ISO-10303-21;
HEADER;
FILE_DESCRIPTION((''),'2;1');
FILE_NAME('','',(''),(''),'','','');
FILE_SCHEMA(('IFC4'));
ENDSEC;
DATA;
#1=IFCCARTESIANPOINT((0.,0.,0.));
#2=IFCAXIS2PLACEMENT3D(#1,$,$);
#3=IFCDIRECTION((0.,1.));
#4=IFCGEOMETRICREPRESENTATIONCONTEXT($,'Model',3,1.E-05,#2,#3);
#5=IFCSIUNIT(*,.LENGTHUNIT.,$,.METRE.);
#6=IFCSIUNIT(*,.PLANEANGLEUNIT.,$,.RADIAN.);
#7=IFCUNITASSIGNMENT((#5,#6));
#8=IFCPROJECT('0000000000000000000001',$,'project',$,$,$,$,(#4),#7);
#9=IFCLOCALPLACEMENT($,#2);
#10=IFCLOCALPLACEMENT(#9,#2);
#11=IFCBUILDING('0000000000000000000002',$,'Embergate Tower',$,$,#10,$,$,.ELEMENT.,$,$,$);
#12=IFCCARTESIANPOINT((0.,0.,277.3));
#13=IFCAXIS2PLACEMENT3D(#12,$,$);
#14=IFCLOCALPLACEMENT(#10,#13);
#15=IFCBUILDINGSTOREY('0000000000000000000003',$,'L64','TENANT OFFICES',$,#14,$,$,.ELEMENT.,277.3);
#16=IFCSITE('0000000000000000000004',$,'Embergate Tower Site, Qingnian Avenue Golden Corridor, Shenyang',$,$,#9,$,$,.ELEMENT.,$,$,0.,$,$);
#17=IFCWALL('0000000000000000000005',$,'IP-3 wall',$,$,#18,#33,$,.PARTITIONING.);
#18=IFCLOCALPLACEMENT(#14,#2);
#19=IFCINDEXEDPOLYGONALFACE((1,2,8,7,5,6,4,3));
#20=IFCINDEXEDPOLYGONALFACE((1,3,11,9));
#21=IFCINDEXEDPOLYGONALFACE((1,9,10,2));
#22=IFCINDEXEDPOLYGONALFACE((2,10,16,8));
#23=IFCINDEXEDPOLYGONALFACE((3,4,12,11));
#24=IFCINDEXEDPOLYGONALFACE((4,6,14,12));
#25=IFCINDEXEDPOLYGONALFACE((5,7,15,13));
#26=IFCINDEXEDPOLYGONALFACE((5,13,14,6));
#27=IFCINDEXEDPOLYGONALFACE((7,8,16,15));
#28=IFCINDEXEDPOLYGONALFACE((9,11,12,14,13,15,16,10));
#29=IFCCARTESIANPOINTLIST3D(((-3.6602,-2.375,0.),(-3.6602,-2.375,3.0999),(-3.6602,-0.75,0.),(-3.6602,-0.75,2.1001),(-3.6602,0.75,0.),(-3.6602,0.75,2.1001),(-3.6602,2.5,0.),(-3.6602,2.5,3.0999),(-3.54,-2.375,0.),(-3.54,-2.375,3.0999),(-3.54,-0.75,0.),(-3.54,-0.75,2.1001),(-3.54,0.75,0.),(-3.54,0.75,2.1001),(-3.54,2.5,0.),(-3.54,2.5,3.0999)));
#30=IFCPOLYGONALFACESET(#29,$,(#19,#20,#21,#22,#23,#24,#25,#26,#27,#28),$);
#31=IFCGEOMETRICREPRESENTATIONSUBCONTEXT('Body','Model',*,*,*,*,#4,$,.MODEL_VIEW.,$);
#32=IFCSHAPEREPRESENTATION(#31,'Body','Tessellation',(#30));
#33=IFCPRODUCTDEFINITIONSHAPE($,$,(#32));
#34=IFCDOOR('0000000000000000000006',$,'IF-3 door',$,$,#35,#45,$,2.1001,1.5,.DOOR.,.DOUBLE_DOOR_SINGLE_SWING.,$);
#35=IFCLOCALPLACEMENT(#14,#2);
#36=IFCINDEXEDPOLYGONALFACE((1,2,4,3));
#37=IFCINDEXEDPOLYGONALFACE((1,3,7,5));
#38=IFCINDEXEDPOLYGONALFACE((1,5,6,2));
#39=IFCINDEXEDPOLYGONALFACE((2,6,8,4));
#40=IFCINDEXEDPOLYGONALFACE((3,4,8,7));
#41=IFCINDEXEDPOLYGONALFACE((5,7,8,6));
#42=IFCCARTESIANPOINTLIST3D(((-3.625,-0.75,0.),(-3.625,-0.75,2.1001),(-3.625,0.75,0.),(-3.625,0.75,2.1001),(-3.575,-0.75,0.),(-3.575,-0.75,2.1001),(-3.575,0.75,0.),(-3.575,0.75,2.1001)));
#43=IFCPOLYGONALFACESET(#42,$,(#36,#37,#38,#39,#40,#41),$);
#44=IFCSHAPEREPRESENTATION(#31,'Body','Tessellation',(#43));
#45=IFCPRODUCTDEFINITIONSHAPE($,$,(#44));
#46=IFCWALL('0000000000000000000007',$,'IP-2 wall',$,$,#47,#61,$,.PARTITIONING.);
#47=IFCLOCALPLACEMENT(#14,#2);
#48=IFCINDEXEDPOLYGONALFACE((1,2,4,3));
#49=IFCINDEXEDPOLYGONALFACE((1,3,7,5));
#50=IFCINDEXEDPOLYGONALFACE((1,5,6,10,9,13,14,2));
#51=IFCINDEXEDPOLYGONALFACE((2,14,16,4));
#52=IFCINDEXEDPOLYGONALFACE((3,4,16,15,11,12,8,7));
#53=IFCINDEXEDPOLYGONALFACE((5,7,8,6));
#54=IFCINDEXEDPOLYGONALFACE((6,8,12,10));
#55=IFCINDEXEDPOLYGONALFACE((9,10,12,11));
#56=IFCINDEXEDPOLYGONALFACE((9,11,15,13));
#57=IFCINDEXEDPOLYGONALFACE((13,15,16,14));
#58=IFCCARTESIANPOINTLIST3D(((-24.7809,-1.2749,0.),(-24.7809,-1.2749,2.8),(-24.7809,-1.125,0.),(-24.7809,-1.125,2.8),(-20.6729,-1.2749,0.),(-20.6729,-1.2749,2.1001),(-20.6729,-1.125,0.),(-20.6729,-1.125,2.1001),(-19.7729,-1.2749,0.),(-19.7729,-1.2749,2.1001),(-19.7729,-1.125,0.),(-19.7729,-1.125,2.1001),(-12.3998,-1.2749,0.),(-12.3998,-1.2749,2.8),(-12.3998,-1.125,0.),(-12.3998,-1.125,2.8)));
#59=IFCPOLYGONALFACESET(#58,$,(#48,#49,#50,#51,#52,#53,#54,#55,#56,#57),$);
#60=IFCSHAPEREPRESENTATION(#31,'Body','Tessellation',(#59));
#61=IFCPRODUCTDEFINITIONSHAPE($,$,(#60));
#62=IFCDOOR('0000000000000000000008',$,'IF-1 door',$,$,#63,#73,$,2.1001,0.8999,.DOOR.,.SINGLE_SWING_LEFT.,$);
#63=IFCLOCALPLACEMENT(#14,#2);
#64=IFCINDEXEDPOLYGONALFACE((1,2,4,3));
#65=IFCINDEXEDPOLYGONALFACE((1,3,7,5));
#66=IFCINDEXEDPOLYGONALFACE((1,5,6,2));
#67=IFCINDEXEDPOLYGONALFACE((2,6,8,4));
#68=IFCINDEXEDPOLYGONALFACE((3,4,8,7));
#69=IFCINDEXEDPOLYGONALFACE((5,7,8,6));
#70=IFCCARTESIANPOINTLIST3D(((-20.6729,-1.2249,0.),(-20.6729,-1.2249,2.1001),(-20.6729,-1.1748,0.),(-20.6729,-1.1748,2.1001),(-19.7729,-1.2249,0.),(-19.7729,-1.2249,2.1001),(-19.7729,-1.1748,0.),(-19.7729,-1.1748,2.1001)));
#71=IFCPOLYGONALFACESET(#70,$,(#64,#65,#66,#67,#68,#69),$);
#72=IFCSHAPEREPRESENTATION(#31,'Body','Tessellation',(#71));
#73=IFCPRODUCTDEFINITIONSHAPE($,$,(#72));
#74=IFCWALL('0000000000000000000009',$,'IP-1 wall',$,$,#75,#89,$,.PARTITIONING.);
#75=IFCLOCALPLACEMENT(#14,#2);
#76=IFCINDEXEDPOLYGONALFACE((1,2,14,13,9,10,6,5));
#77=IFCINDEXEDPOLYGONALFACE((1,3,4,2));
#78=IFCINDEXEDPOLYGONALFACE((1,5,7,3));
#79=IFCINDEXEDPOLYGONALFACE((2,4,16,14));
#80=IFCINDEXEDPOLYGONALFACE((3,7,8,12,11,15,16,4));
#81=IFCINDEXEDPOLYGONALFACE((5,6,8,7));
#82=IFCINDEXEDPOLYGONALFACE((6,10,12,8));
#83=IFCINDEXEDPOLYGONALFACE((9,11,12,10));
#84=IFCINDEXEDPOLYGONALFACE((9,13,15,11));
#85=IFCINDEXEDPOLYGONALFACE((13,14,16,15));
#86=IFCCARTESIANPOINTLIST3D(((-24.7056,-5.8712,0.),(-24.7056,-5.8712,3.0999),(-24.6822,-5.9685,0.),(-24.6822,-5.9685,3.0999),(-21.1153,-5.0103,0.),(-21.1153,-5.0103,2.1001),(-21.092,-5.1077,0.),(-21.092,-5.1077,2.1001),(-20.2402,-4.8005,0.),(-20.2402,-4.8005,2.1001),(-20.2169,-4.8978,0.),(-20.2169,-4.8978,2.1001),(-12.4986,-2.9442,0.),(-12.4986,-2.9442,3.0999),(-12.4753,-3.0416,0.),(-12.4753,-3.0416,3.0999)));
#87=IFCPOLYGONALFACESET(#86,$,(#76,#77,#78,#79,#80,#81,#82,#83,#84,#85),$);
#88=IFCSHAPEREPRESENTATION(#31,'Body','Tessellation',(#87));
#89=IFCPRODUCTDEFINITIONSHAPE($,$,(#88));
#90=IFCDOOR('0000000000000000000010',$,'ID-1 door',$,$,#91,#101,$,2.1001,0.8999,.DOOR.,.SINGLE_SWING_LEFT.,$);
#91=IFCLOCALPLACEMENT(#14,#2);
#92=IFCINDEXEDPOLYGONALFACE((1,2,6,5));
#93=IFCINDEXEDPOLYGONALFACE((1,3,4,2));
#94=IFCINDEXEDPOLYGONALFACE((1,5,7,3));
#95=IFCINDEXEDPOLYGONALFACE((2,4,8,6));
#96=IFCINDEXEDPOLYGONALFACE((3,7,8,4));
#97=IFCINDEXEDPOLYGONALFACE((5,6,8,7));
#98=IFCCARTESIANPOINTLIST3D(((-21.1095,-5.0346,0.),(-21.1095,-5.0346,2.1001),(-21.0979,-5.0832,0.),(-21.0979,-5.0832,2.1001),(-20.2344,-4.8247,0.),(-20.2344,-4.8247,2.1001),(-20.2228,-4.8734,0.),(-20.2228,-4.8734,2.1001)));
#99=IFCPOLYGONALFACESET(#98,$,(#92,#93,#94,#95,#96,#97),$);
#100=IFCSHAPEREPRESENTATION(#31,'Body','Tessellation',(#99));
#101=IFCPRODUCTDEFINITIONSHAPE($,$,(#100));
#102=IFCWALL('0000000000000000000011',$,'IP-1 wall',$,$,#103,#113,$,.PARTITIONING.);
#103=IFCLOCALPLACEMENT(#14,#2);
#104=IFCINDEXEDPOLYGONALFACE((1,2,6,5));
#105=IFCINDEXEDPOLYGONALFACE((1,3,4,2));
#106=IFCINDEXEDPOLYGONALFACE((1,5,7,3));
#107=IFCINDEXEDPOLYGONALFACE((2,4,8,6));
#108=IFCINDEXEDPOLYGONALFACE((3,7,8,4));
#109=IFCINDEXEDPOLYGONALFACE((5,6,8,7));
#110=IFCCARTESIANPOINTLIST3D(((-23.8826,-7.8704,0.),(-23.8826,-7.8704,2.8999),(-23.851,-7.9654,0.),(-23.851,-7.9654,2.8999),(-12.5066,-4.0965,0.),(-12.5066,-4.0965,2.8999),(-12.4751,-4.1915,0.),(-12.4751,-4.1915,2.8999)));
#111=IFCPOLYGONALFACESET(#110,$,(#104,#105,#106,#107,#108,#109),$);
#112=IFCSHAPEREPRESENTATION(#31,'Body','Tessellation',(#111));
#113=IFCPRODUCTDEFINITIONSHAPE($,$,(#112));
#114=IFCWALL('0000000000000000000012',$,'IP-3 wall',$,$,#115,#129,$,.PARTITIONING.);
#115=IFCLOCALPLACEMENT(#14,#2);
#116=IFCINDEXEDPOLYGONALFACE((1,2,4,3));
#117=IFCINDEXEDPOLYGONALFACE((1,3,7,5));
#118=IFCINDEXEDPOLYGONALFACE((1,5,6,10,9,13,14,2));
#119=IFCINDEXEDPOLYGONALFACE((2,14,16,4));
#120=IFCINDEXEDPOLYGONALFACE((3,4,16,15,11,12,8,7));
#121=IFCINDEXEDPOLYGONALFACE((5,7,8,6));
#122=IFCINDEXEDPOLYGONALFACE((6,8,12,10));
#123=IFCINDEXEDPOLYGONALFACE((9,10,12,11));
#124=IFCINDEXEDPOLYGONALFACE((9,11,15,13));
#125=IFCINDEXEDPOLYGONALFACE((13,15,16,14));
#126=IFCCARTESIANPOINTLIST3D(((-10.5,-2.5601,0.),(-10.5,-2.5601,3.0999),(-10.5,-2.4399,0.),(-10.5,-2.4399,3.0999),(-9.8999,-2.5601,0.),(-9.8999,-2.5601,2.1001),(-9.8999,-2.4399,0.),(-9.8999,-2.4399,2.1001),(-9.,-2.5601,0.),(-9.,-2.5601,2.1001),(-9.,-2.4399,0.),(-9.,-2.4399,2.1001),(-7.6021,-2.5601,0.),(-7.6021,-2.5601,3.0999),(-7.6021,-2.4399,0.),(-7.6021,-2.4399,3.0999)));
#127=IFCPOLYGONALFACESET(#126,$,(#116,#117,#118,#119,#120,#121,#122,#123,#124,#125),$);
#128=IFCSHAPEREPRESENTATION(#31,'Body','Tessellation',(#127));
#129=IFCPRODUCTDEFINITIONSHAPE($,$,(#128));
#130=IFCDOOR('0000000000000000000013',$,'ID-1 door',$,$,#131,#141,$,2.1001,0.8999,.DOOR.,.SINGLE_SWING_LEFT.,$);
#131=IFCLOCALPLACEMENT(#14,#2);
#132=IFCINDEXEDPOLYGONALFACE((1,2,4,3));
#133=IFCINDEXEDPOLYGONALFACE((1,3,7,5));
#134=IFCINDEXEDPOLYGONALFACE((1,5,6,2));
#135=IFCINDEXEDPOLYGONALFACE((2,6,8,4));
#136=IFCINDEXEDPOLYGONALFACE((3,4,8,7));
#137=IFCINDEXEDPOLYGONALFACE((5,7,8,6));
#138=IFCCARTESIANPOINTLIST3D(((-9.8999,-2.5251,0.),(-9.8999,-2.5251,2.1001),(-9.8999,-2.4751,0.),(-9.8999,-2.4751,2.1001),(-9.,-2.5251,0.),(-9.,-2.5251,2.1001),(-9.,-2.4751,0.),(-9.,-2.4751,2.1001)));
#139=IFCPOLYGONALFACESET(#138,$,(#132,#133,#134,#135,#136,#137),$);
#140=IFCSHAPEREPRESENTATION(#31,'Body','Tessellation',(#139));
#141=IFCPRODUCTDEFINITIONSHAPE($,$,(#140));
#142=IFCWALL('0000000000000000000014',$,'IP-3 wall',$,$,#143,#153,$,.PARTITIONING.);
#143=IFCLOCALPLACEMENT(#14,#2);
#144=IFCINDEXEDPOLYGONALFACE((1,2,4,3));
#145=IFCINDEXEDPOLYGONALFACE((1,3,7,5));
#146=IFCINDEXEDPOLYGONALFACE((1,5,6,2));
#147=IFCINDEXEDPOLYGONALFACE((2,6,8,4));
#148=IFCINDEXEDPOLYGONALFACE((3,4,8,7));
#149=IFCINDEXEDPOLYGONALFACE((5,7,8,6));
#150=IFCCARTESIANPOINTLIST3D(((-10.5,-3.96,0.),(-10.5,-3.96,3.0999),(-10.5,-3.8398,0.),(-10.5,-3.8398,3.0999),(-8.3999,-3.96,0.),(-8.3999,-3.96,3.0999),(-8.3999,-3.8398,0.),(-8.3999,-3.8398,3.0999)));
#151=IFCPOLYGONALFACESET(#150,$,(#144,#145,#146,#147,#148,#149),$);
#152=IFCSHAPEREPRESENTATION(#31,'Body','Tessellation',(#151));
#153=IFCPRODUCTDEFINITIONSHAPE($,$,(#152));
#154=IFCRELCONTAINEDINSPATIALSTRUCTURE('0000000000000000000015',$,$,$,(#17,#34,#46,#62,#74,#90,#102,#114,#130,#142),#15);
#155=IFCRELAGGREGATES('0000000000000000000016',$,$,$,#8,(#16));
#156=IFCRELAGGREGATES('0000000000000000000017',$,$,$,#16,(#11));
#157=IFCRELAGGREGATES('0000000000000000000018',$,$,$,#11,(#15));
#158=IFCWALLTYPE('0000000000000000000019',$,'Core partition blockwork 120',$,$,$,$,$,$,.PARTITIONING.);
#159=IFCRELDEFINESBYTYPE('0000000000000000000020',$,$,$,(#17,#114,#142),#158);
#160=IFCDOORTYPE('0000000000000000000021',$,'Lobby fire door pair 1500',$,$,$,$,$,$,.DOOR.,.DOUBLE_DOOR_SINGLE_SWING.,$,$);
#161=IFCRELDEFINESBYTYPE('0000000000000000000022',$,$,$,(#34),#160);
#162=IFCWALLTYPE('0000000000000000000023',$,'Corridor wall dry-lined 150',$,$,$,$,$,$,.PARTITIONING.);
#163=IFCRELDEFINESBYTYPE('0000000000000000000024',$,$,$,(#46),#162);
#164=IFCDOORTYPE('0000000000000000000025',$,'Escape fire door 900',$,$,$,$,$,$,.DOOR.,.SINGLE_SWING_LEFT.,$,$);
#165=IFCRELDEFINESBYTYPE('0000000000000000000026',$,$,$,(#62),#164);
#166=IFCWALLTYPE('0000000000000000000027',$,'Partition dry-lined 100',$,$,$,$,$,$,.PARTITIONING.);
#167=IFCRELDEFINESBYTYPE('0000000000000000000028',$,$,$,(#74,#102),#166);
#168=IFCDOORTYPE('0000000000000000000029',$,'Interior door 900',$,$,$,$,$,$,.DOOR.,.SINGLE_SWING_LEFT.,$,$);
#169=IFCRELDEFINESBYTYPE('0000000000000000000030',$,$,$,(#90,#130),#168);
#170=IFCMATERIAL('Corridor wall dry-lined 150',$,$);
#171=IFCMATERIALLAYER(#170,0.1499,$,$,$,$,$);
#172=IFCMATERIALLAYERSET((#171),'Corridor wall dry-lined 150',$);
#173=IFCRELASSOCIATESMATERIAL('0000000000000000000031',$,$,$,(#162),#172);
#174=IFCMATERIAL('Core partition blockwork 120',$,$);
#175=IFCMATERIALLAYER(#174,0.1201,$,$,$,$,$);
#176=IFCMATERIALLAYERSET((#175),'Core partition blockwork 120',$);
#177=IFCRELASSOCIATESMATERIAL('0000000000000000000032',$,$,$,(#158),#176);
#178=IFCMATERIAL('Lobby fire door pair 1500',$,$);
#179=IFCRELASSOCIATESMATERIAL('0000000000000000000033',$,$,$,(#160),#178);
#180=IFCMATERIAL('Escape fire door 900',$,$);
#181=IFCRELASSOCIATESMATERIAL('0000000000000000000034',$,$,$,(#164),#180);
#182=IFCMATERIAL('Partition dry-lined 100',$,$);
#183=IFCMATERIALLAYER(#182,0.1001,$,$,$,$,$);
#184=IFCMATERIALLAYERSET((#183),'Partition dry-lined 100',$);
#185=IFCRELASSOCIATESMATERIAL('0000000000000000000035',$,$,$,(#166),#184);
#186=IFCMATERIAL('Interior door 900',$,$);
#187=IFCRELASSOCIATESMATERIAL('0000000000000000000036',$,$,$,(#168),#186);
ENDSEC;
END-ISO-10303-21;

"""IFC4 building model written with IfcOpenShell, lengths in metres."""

from ifc_helpers import new_model, si_unit, direction, frame, frame_2d, origin, place, context, subcontext, project, spatial, rectangle, extrude, source, transform, mapped, material, layer, layer_set, type_object, element, fill, save


model = new_model("IFC4")

# Units and contexts
model_context = context("Model", 3, precision=1e-05, world=origin(), true_north=direction((0.0, 1.0)))
body_context = subcontext(model_context, "Body", "Model", "MODEL_VIEW")
ifc_project = project(units=[si_unit("LENGTHUNIT", "METRE"), si_unit("PLANEANGLEUNIT", "RADIAN")], contexts=[model_context])

# Site, building, storey
site_placement = place(None, origin())
site = spatial("IfcSite", under=ifc_project, at=site_placement, Name="Embergate Tower Site, Qingnian Avenue Golden Corridor, Shenyang", CompositionType="ELEMENT", RefElevation=0.0)
building_placement = place(site_placement, origin())
building = spatial("IfcBuilding", under=site, at=building_placement, Name="Embergate Tower", CompositionType="ELEMENT")
storey_placement = place(building_placement, frame((0.0, 0.0, 277.3)))
storey = spatial("IfcBuildingStorey", under=building, at=storey_placement, Name="L64", Description="TENANT OFFICES", CompositionType="ELEMENT", Elevation=277.3)

# Shared definitions
ifc_material_1 = material(Name="Corridor wall dry-lined 150")
ifc_layer_1 = layer(ifc_material_1, 0.1499)
ifc_layer_set_1 = layer_set([ifc_layer_1], Name="Corridor wall dry-lined 150")
wall_type_1 = type_object("IfcWallType", Name="Corridor wall dry-lined 150", PredefinedType="PARTITIONING", material=ifc_layer_set_1)

# Walls, openings, doors
ifc_material_2 = material(Name="Core partition blockwork 120")
ifc_layer_2 = layer(ifc_material_2, 0.1201)
ifc_layer_set_2 = layer_set([ifc_layer_2], Name="Core partition blockwork 120")
wall_type_2 = type_object("IfcWallType", Name="Core partition blockwork 120", PredefinedType="PARTITIONING", material=ifc_layer_set_2)
shared_shape_1 = source(origin(), body_context, "Body", "SweptSolid", [
    extrude(rectangle(XDim=4.875, YDim=0.1201, at=frame_2d((2.4375, 0.0))), origin(), (0.0, 0.0, 1.0), 3.0999),
])
wall_1_placement = place(storey_placement, frame((-3.6001, -2.375, 0.0), z_axis=(0.0, 0.0, 1.0), x_axis=(0.0, 1.0, 0.0)))
wall_1 = element("IfcWall", 1, at=wall_1_placement, inside=storey, type_object=wall_type_2, Name="IP-3 wall", PredefinedType="PARTITIONING", context=body_context, shape_type="MappedRepresentation", body=[
    mapped(shared_shape_1, transform((0.0, 0.0, 0.0))),
])
shared_shape_2 = source(origin(), body_context, "Body", "SweptSolid", [
    extrude(rectangle(XDim=1.5, YDim=2.1001, at=frame_2d((0.75, 1.05))), frame((0.0, 0.0701, 0.0), z_axis=(0.0, -1.0, 0.0), x_axis=(1.0, 0.0, 0.0)), (0.0, 0.0, 1.0), 0.1401),
])
opening_1_placement = place(wall_1_placement, frame((1.625, 0.0, 0.0)))
opening_1 = element("IfcOpeningElement", 2, at=opening_1_placement, cuts=wall_1, PredefinedType="OPENING", context=body_context, shape_type="MappedRepresentation", body=[
    mapped(shared_shape_2, transform((0.0, 0.0, 0.0))),
])
ifc_material_3 = material(Name="Lobby fire door pair 1500")
door_type_1 = type_object("IfcDoorType", Name="Lobby fire door pair 1500", OperationType="DOUBLE_DOOR_SINGLE_SWING", PredefinedType="DOOR", material=ifc_material_3)
shared_shape_3 = source(origin(), body_context, "Body", "SweptSolid", [
    extrude(rectangle(XDim=1.5, YDim=2.1001, at=frame_2d((0.75, 1.05))), frame((0.0, 0.0249, 0.0), z_axis=(0.0, -1.0, 0.0), x_axis=(1.0, 0.0, 0.0)), (0.0, 0.0, 1.0), 0.05),
])
door_1_placement = place(opening_1_placement, origin())
door_1 = element("IfcDoor", 3, at=door_1_placement, inside=storey, type_object=door_type_1, Name="IF-3 door", OperationType="DOUBLE_DOOR_SINGLE_SWING", OverallHeight=2.1001, OverallWidth=1.5, PredefinedType="DOOR", context=body_context, shape_type="MappedRepresentation", body=[
    mapped(shared_shape_3, transform((0.0, 0.0, 0.0))),
])
fill(opening_1, door_1)
shared_shape_4 = source(origin(), body_context, "Body", "SweptSolid", [
    extrude(rectangle(XDim=12.3811, YDim=0.1499, at=frame_2d((6.1904, 0.0))), origin(), (0.0, 0.0, 1.0), 2.8),
])
wall_2_placement = place(storey_placement, frame((-12.3999, -1.2, 0.0), z_axis=(0.0, 0.0, 1.0), x_axis=(-1.0, 0.0, 0.0)))
wall_2 = element("IfcWall", 4, at=wall_2_placement, inside=storey, type_object=wall_type_1, Name="IP-2 wall", PredefinedType="PARTITIONING", context=body_context, shape_type="MappedRepresentation", body=[
    mapped(shared_shape_4, transform((0.0, 0.0, 0.0))),
])
shared_shape_5 = source(origin(), body_context, "Body", "SweptSolid", [
    extrude(rectangle(XDim=0.8999, YDim=2.1001, at=frame_2d((0.45, 1.05))), frame((0.0, 0.085, 0.0), z_axis=(0.0, -1.0, 0.0), x_axis=(1.0, 0.0, 0.0)), (0.0, 0.0, 1.0), 0.1699),
])
opening_2_placement = place(wall_2_placement, frame((7.373, 0.0, 0.0)))
opening_2 = element("IfcOpeningElement", 5, at=opening_2_placement, cuts=wall_2, PredefinedType="OPENING", context=body_context, shape_type="MappedRepresentation", body=[
    mapped(shared_shape_5, transform((0.0, 0.0, 0.0))),
])
ifc_material_4 = material(Name="Escape fire door 900")
door_type_2 = type_object("IfcDoorType", Name="Escape fire door 900", OperationType="SINGLE_SWING_LEFT", PredefinedType="DOOR", material=ifc_material_4)
shared_shape_6 = source(origin(), body_context, "Body", "SweptSolid", [
    extrude(rectangle(XDim=0.8999, YDim=2.1001, at=frame_2d((0.45, 1.05))), frame((0.0, 0.0249, 0.0), z_axis=(0.0, -1.0, 0.0), x_axis=(1.0, 0.0, 0.0)), (0.0, 0.0, 1.0), 0.05),
])
door_2_placement = place(opening_2_placement, origin())
door_2 = element("IfcDoor", 6, at=door_2_placement, inside=storey, type_object=door_type_2, Name="IF-1 door", OperationType="SINGLE_SWING_LEFT", OverallHeight=2.1001, OverallWidth=0.8999, PredefinedType="DOOR", context=body_context, shape_type="MappedRepresentation", body=[
    mapped(shared_shape_6, transform((0.0, 0.0, 0.0))),
])
fill(opening_2, door_2)
ifc_material_5 = material(Name="Partition dry-lined 100")
ifc_layer_3 = layer(ifc_material_5, 0.1001)
ifc_layer_set_3 = layer_set([ifc_layer_3], Name="Partition dry-lined 100")
wall_type_3 = type_object("IfcWallType", Name="Partition dry-lined 100", PredefinedType="PARTITIONING", material=ifc_layer_set_3)
shared_shape_7 = source(origin(), body_context, "Body", "SweptSolid", [
    extrude(rectangle(XDim=12.553, YDim=0.1001, at=frame_2d((6.2764, 0.0))), origin(), (0.0, 0.0, 1.0), 3.0999),
])
wall_3_placement = place(storey_placement, frame((-12.4871, -2.9929, 0.0), z_axis=(0.0, 0.0, 1.0), x_axis=(-0.972436, -0.233171, 0.0)))
wall_3 = element("IfcWall", 7, at=wall_3_placement, inside=storey, type_object=wall_type_3, Name="IP-1 wall", PredefinedType="PARTITIONING", context=body_context, shape_type="MappedRepresentation", body=[
    mapped(shared_shape_7, transform((0.0, 0.0, 0.0))),
])
shared_shape_8 = source(origin(), body_context, "Body", "SweptSolid", [
    extrude(rectangle(XDim=0.8999, YDim=2.1001, at=frame_2d((0.45, 1.05))), frame((0.0, 0.0601, 0.0), z_axis=(0.0, -1.0, 0.0), x_axis=(1.0, 0.0, 0.0)), (0.0, 0.0, 1.0), 0.1201),
])
opening_3_placement = place(wall_3_placement, frame((7.9609, 0.0, 0.0)))
opening_3 = element("IfcOpeningElement", 8, at=opening_3_placement, cuts=wall_3, PredefinedType="OPENING", context=body_context, shape_type="MappedRepresentation", body=[
    mapped(shared_shape_8, transform((0.0, 0.0, 0.0))),
])
ifc_material_6 = material(Name="Interior door 900")
door_type_3 = type_object("IfcDoorType", Name="Interior door 900", OperationType="SINGLE_SWING_LEFT", PredefinedType="DOOR", material=ifc_material_6)
door_3_placement = place(opening_3_placement, origin())
door_3 = element("IfcDoor", 9, at=door_3_placement, inside=storey, type_object=door_type_3, Name="ID-1 door", OperationType="SINGLE_SWING_LEFT", OverallHeight=2.1001, OverallWidth=0.8999, PredefinedType="DOOR", context=body_context, shape_type="MappedRepresentation", body=[
    mapped(shared_shape_6, transform((0.0, 0.0, 0.0))),
])
fill(opening_3, door_3)

# Wall
shared_shape_9 = source(origin(), body_context, "Body", "SweptSolid", [
    extrude(rectangle(XDim=11.9856, YDim=0.1001, at=frame_2d((5.9927, 0.0))), origin(), (0.0, 0.0, 1.0), 2.8999),
])
wall_4_placement = place(storey_placement, frame((-12.491, -4.144, 0.0), z_axis=(0.0, 0.0, 1.0), x_axis=(-0.949135, -0.314871, 0.0)))
element("IfcWall", 10, at=wall_4_placement, inside=storey, type_object=wall_type_3, Name="IP-1 wall", PredefinedType="PARTITIONING", context=body_context, shape_type="MappedRepresentation", body=[
    mapped(shared_shape_9, transform((0.0, 0.0, 0.0))),
])

# Wall, opening, door
shared_shape_10 = source(origin(), body_context, "Body", "SweptSolid", [
    extrude(rectangle(XDim=2.8979, YDim=0.1201, at=frame_2d((1.449, 0.0))), origin(), (0.0, 0.0, 1.0), 3.0999),
])
wall_5_placement = place(storey_placement, frame((-10.5, -2.5, 0.0), z_axis=(0.0, 0.0, 1.0), x_axis=(1.0, 0.0, 0.0)))
wall_5 = element("IfcWall", 11, at=wall_5_placement, inside=storey, type_object=wall_type_2, Name="IP-3 wall", PredefinedType="PARTITIONING", context=body_context, shape_type="MappedRepresentation", body=[
    mapped(shared_shape_10, transform((0.0, 0.0, 0.0))),
])
shared_shape_11 = source(origin(), body_context, "Body", "SweptSolid", [
    extrude(rectangle(XDim=0.8999, YDim=2.1001, at=frame_2d((0.45, 1.05))), frame((0.0, 0.0701, 0.0), z_axis=(0.0, -1.0, 0.0), x_axis=(1.0, 0.0, 0.0)), (0.0, 0.0, 1.0), 0.1401),
])
opening_4_placement = place(wall_5_placement, frame((0.6001, 0.0, 0.0)))
opening_4 = element("IfcOpeningElement", 12, at=opening_4_placement, cuts=wall_5, PredefinedType="OPENING", context=body_context, shape_type="MappedRepresentation", body=[
    mapped(shared_shape_11, transform((0.0, 0.0, 0.0))),
])
door_4_placement = place(opening_4_placement, origin())
door_4 = element("IfcDoor", 13, at=door_4_placement, inside=storey, type_object=door_type_3, Name="ID-1 door", OperationType="SINGLE_SWING_LEFT", OverallHeight=2.1001, OverallWidth=0.8999, PredefinedType="DOOR", context=body_context, shape_type="MappedRepresentation", body=[
    mapped(shared_shape_6, transform((0.0, 0.0, 0.0))),
])
fill(opening_4, door_4)

# Wall
shared_shape_12 = source(origin(), body_context, "Body", "SweptSolid", [
    extrude(rectangle(XDim=2.1001, YDim=0.1201, at=frame_2d((1.05, 0.0))), origin(), (0.0, 0.0, 1.0), 3.0999),
])
wall_6_placement = place(storey_placement, frame((-10.5, -3.8999, 0.0), z_axis=(0.0, 0.0, 1.0), x_axis=(1.0, 0.0, 0.0)))
element("IfcWall", 14, at=wall_6_placement, inside=storey, type_object=wall_type_2, Name="IP-3 wall", PredefinedType="PARTITIONING", context=body_context, shape_type="MappedRepresentation", body=[
    mapped(shared_shape_12, transform((0.0, 0.0, 0.0))),
])

save(model, "model.ifc")
